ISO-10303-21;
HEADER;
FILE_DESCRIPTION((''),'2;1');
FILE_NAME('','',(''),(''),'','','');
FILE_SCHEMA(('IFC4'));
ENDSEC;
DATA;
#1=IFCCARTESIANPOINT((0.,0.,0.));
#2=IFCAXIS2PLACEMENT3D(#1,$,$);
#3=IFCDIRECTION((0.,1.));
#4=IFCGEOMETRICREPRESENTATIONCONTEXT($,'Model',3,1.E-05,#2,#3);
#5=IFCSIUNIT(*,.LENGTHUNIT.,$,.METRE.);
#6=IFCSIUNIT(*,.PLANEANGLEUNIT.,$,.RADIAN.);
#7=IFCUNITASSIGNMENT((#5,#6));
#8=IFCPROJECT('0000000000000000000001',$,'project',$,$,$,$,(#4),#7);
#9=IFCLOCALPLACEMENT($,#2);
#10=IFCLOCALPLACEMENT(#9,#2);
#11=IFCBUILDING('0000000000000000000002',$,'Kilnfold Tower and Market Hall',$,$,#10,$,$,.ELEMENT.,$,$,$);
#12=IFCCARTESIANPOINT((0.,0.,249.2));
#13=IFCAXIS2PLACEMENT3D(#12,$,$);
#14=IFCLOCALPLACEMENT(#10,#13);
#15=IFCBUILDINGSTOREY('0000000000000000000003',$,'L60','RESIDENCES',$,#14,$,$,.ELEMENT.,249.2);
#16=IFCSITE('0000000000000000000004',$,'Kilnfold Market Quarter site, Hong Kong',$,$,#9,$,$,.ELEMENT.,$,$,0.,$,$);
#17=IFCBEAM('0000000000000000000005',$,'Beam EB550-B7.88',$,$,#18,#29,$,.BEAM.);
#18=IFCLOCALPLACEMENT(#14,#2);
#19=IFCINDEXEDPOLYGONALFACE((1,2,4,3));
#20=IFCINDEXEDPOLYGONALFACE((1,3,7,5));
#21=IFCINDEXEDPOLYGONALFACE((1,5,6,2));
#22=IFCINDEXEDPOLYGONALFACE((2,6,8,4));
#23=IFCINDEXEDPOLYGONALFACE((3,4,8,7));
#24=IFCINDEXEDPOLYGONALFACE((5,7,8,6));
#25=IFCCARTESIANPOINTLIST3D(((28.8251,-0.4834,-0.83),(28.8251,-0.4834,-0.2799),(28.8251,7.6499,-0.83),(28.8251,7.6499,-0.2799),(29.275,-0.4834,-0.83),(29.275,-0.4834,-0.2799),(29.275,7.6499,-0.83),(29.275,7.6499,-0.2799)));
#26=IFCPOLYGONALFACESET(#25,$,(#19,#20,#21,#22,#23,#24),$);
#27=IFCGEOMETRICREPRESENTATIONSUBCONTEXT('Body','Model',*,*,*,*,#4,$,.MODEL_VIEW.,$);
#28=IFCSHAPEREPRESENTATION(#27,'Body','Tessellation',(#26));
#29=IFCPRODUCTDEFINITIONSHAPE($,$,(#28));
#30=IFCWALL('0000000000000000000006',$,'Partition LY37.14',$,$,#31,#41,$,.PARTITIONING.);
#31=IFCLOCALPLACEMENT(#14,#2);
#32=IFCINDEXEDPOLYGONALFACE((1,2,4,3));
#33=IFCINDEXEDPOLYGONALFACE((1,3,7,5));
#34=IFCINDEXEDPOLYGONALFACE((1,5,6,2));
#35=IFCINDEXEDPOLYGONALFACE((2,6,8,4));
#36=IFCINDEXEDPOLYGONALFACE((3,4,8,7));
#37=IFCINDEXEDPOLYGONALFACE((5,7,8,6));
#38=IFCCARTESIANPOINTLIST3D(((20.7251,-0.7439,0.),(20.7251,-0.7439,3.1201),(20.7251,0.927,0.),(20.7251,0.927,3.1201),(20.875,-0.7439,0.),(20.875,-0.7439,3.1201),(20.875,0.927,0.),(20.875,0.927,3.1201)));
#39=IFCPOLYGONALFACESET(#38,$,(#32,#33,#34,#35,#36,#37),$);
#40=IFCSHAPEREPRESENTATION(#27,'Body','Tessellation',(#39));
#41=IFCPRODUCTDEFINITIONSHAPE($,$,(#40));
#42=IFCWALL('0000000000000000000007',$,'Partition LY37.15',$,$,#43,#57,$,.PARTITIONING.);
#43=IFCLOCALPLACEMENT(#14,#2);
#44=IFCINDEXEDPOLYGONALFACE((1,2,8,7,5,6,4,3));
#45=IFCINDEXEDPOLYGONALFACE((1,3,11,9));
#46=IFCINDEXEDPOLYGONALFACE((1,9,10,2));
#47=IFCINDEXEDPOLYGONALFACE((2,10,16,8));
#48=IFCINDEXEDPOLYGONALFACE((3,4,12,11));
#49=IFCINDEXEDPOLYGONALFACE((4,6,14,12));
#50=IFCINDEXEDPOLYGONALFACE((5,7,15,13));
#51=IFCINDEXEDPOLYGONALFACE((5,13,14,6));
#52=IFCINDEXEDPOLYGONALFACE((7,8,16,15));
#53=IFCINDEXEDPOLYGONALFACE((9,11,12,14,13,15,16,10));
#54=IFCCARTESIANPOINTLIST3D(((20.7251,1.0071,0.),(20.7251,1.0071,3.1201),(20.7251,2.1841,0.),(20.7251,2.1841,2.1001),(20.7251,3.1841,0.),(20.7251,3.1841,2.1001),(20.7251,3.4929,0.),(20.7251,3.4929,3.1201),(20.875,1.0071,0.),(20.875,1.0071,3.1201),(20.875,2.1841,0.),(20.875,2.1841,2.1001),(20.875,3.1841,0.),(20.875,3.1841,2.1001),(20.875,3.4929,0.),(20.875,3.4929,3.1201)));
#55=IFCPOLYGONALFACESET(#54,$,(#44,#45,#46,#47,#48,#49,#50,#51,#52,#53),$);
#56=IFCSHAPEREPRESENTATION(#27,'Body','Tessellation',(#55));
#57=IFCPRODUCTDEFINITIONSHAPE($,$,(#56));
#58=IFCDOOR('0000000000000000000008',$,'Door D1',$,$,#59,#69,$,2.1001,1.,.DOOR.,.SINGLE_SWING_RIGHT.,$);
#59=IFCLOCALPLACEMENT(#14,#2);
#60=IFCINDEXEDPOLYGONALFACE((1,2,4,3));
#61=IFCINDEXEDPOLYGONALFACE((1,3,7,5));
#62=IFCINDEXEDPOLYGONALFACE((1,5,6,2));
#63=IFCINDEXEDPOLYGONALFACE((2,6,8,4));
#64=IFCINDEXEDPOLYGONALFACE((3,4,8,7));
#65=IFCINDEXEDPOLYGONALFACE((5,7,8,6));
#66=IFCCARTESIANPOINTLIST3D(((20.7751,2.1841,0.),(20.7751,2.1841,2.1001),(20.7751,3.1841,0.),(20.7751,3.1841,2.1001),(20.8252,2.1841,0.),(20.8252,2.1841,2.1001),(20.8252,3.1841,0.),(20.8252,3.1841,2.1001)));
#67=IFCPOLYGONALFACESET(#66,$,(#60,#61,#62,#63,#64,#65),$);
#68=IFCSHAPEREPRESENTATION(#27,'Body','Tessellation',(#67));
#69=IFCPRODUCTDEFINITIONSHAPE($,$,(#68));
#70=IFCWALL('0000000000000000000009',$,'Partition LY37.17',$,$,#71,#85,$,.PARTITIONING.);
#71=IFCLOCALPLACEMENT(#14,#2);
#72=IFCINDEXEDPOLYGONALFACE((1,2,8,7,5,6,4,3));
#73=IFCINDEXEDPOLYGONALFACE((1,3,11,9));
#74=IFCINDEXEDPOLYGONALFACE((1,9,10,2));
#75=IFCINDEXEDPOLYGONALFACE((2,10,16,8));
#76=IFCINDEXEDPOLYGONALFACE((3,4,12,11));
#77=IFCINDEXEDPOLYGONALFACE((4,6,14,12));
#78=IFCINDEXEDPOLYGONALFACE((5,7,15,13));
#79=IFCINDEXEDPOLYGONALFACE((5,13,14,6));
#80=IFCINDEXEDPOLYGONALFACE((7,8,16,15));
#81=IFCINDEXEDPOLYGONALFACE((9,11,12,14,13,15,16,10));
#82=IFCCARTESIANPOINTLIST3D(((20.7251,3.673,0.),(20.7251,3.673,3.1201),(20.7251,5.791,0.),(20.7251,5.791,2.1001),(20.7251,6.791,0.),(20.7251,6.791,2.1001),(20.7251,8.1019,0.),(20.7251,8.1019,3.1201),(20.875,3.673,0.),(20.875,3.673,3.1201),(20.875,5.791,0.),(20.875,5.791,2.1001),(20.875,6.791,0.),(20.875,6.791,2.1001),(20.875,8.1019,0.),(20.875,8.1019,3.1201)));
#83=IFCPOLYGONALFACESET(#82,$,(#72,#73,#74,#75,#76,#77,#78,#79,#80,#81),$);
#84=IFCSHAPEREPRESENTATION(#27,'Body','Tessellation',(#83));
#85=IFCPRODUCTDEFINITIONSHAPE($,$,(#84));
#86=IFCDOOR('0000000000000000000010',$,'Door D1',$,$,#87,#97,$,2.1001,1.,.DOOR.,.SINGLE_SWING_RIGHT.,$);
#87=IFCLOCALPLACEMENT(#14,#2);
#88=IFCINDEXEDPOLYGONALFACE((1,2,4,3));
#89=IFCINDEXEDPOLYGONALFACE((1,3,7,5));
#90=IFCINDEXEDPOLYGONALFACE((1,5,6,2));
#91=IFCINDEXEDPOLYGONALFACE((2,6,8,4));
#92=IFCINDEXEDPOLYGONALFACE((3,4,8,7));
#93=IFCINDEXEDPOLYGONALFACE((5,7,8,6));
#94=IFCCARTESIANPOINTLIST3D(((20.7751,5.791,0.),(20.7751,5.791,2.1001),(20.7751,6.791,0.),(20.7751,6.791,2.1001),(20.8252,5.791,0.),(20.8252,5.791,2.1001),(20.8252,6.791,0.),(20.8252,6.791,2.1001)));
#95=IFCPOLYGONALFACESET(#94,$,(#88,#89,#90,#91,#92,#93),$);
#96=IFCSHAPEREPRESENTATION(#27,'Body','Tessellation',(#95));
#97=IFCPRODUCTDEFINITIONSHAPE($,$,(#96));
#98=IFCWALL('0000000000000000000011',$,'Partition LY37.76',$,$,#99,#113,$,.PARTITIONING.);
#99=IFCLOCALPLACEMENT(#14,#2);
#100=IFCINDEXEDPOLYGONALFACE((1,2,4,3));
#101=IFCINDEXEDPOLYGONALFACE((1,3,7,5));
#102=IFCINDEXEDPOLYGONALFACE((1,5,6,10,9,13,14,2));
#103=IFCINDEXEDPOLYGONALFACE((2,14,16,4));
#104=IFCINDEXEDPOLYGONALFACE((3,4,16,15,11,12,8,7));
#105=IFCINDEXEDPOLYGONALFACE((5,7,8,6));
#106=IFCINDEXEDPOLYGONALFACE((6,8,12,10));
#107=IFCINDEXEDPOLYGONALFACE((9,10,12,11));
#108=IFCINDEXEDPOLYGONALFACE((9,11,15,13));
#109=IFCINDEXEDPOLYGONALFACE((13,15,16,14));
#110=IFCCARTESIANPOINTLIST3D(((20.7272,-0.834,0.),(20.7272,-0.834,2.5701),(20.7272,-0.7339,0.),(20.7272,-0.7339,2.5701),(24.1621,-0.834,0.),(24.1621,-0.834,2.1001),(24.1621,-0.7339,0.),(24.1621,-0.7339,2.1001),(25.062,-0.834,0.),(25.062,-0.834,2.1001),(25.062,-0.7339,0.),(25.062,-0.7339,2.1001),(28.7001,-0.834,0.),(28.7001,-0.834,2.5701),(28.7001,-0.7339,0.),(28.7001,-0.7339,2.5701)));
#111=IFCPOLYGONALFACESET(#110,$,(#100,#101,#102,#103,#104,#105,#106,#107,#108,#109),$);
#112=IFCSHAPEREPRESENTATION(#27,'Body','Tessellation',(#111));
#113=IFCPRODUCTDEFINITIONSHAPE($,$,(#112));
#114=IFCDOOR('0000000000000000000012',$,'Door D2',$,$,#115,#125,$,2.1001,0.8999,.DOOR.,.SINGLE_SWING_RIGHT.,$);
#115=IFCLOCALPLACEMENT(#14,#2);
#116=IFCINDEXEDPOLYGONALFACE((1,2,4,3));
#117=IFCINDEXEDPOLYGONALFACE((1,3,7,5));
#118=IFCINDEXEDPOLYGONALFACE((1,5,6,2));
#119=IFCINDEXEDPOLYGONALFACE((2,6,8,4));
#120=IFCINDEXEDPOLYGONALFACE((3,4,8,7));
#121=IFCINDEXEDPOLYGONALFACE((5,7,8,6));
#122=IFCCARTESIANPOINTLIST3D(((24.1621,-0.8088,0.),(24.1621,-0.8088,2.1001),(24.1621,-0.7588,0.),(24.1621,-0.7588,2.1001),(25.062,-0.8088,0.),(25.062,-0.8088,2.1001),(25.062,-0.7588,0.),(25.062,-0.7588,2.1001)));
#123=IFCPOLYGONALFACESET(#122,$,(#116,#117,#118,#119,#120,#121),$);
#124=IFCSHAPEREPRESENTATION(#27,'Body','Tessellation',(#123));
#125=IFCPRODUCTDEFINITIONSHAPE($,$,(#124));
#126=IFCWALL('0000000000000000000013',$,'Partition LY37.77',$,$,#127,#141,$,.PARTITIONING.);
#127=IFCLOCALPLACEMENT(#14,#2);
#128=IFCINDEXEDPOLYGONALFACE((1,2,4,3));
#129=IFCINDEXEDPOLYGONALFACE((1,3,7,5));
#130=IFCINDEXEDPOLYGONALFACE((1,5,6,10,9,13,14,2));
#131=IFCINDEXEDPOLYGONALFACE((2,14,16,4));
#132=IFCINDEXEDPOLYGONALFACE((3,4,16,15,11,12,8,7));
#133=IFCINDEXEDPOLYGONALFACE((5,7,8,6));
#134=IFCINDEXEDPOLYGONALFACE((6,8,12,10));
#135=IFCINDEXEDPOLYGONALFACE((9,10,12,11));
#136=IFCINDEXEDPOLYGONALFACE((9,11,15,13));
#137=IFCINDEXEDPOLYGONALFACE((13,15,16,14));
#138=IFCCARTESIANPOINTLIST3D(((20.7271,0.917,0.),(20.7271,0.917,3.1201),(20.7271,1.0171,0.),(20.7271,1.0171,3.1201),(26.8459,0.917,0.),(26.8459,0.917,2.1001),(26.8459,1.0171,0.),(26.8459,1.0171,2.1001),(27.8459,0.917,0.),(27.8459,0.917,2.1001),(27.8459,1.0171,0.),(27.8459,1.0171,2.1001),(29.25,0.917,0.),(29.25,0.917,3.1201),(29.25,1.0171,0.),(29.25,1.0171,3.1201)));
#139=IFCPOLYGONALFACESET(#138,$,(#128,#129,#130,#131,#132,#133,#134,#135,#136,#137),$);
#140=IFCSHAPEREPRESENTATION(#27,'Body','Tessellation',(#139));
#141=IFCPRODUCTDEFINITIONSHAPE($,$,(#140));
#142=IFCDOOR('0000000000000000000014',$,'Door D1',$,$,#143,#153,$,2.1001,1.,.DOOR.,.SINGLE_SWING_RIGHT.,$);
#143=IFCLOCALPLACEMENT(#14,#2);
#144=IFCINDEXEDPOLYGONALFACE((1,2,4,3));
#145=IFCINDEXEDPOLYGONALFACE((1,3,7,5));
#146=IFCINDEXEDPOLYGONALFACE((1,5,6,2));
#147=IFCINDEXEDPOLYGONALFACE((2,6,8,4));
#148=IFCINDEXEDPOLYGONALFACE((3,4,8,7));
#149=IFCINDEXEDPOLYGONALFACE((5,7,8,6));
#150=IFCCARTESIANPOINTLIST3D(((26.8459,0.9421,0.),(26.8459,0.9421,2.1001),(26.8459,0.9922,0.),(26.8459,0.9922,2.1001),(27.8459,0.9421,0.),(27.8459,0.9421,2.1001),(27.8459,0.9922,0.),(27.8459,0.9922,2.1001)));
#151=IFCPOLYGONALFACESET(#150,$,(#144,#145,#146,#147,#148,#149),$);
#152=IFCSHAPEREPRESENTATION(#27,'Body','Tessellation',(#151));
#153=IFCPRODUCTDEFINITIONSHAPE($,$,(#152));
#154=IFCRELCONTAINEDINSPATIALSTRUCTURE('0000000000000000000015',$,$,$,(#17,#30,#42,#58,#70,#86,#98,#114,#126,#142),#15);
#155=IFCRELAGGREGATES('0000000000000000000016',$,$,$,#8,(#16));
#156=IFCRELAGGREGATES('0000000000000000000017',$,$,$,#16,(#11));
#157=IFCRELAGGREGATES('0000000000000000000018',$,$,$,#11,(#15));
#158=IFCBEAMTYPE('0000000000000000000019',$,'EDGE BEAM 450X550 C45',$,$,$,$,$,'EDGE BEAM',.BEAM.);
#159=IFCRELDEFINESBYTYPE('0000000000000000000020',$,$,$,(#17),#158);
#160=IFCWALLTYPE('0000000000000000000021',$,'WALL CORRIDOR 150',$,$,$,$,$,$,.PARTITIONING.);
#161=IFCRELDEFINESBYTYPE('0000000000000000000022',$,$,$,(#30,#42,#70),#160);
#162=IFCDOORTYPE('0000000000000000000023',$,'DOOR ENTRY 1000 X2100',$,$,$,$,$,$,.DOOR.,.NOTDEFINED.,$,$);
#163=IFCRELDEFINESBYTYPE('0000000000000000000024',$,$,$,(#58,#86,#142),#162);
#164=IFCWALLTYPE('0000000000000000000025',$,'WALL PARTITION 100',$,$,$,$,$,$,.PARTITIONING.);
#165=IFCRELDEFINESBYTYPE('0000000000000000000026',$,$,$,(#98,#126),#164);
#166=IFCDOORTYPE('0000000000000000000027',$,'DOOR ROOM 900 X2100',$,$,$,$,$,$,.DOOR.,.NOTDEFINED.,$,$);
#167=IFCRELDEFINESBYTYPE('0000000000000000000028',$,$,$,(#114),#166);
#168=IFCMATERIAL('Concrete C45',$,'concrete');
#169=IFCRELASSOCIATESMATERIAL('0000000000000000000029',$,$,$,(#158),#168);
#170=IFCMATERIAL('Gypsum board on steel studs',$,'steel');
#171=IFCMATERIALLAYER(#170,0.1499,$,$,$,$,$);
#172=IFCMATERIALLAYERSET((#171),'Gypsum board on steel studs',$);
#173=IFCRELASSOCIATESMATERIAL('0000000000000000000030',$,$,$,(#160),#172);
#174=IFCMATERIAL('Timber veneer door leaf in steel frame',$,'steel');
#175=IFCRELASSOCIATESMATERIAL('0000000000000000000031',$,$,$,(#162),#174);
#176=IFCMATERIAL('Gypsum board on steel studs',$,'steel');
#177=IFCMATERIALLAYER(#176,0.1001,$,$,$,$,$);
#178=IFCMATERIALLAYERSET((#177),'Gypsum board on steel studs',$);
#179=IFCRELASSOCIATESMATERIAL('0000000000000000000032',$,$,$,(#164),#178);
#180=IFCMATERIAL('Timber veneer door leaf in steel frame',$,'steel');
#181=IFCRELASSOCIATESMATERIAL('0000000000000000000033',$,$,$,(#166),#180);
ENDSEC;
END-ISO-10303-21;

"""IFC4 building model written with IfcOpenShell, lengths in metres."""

from ifc_helpers import new_model, si_unit, direction, frame, frame_2d, origin, origin_2d, place, context, subcontext, project, spatial, rectangle, extrude, source, transform, mapped, material, layer, layer_set, material_profile, profile_set, type_object, element, fill, save


model = new_model("IFC4")

# Units and contexts
model_context = context("Model", 3, precision=1e-05, world=origin(), true_north=direction((0.0, 1.0)))
body_context = subcontext(model_context, "Body", "Model", "MODEL_VIEW")
ifc_project = project(units=[si_unit("LENGTHUNIT", "METRE"), si_unit("PLANEANGLEUNIT", "RADIAN")], contexts=[model_context])

# Site, building, storey
site_placement = place(None, origin())
site = spatial("IfcSite", under=ifc_project, at=site_placement, Name="Kilnfold Market Quarter site, Hong Kong", CompositionType="ELEMENT", RefElevation=0.0)
building_placement = place(site_placement, origin())
building = spatial("IfcBuilding", under=site, at=building_placement, Name="Kilnfold Tower and Market Hall", CompositionType="ELEMENT")
storey_placement = place(building_placement, frame((0.0, 0.0, 249.2)))
storey = spatial("IfcBuildingStorey", under=building, at=storey_placement, Name="L60", Description="RESIDENCES", CompositionType="ELEMENT", Elevation=249.2)

# Beam
ifc_material_1 = material(Name="Concrete C45", Category="concrete")
ifc_material_profile_1 = material_profile(ifc_material_1, rectangle(XDim=0.45, YDim=0.55, at=origin_2d()), Name="RC 450x550")
ifc_profile_set_1 = profile_set([ifc_material_profile_1], Name="Concrete C45")
beam_type = type_object("IfcBeamType", Name="EDGE BEAM 450X550 C45", ElementType="EDGE BEAM", PredefinedType="BEAM", material=ifc_profile_set_1)
shared_shape_1 = source(origin(), body_context, "Body", "SweptSolid", [
    extrude(rectangle(XDim=0.45, YDim=0.55, at=origin_2d()), origin(), (0.0, 0.0, 1.0), 8.1333),
])
beam_placement = place(storey_placement, frame((29.05, -0.4834, -0.5549), z_axis=(0.0, 1.0, 0.0), x_axis=(-1.0, 0.0, 0.0)))
element("IfcBeam", 1, at=beam_placement, inside=storey, type_object=beam_type, Name="Beam EB550-B7.88", PredefinedType="BEAM", context=body_context, shape_type="MappedRepresentation", body=[
    mapped(shared_shape_1, transform((0.0, 0.0, 0.0))),
])

# Wall
ifc_material_2 = material(Name="Gypsum board on steel studs", Category="steel")
ifc_layer_1 = layer(ifc_material_2, 0.1499)
ifc_layer_set_1 = layer_set([ifc_layer_1], Name="Gypsum board on steel studs")
wall_type_1 = type_object("IfcWallType", Name="WALL CORRIDOR 150", PredefinedType="PARTITIONING", material=ifc_layer_set_1)
wall_1_placement = place(storey_placement, frame((20.8, -0.7439, 0.0), z_axis=(0.0, 0.0, 1.0), x_axis=(0.0, 1.0, 0.0)))
element("IfcWall", 2, at=wall_1_placement, inside=storey, type_object=wall_type_1, Name="Partition LY37.14", PredefinedType="PARTITIONING", context=body_context, shape_type="SweptSolid", body=[
    extrude(rectangle(XDim=1.6709, YDim=0.1499, at=frame_2d((0.8354, 0.0))), origin(), (0.0, 0.0, 1.0), 3.1201),
])

# Walls, openings, doors
wall_2_placement = place(storey_placement, frame((20.8, 1.0071, 0.0), z_axis=(0.0, 0.0, 1.0), x_axis=(0.0, 1.0, 0.0)))
wall_2 = element("IfcWall", 3, at=wall_2_placement, inside=storey, type_object=wall_type_1, Name="Partition LY37.15", PredefinedType="PARTITIONING", context=body_context, shape_type="SweptSolid", body=[
    extrude(rectangle(XDim=2.4858, YDim=0.1499, at=frame_2d((1.2429, 0.0))), origin(), (0.0, 0.0, 1.0), 3.1201),
])
opening_1_placement = place(wall_2_placement, frame((1.177, 0.0, 0.0)))
opening_1 = element("IfcOpeningElement", 4, at=opening_1_placement, cuts=wall_2, PredefinedType="OPENING", context=body_context, shape_type="SweptSolid", body=[
    extrude(rectangle(XDim=1.0, YDim=2.1001, at=frame_2d((0.5, 1.05))), frame((0.0, 0.085, 0.0), z_axis=(0.0, -1.0, 0.0), x_axis=(1.0, 0.0, 0.0)), (0.0, 0.0, 1.0), 0.1699),
])
ifc_material_3 = material(Name="Timber veneer door leaf in steel frame", Category="steel")
door_type_1 = type_object("IfcDoorType", Name="DOOR ENTRY 1000 X2100", OperationType="NOTDEFINED", PredefinedType="DOOR", material=ifc_material_3)
door_1_placement = place(opening_1_placement, origin())
door_1 = element("IfcDoor", 5, at=door_1_placement, inside=storey, type_object=door_type_1, Name="Door D1", OperationType="SINGLE_SWING_RIGHT", OverallHeight=2.1001, OverallWidth=1.0, PredefinedType="DOOR", context=body_context, shape_type="SweptSolid", body=[
    extrude(rectangle(XDim=1.0, YDim=2.1001, at=frame_2d((0.5, 1.05))), frame((0.0, 0.0249, 0.0), z_axis=(0.0, -1.0, 0.0), x_axis=(1.0, 0.0, 0.0)), (0.0, 0.0, 1.0), 0.05),
])
fill(opening_1, door_1)
wall_3_placement = place(storey_placement, frame((20.8, 3.6731, 0.0), z_axis=(0.0, 0.0, 1.0), x_axis=(0.0, 1.0, 0.0)))
wall_3 = element("IfcWall", 6, at=wall_3_placement, inside=storey, type_object=wall_type_1, Name="Partition LY37.17", PredefinedType="PARTITIONING", context=body_context, shape_type="SweptSolid", body=[
    extrude(rectangle(XDim=4.429, YDim=0.1499, at=frame_2d((2.2144, 0.0))), origin(), (0.0, 0.0, 1.0), 3.1201),
])
opening_2_placement = place(wall_3_placement, frame((2.1179, 0.0, 0.0)))
opening_2 = element("IfcOpeningElement", 7, at=opening_2_placement, cuts=wall_3, PredefinedType="OPENING", context=body_context, shape_type="SweptSolid", body=[
    extrude(rectangle(XDim=1.0, YDim=2.1001, at=frame_2d((0.5, 1.05))), frame((0.0, 0.085, 0.0), z_axis=(0.0, -1.0, 0.0), x_axis=(1.0, 0.0, 0.0)), (0.0, 0.0, 1.0), 0.1699),
])
door_2_placement = place(opening_2_placement, origin())
door_2 = element("IfcDoor", 8, at=door_2_placement, inside=storey, type_object=door_type_1, Name="Door D1", OperationType="SINGLE_SWING_RIGHT", OverallHeight=2.1001, OverallWidth=1.0, PredefinedType="DOOR", context=body_context, shape_type="SweptSolid", body=[
    extrude(rectangle(XDim=1.0, YDim=2.1001, at=frame_2d((0.5, 1.05))), frame((0.0, 0.0249, 0.0), z_axis=(0.0, -1.0, 0.0), x_axis=(1.0, 0.0, 0.0)), (0.0, 0.0, 1.0), 0.05),
])
fill(opening_2, door_2)
ifc_material_4 = material(Name="Gypsum board on steel studs", Category="steel")
ifc_layer_2 = layer(ifc_material_4, 0.1001)
ifc_layer_set_2 = layer_set([ifc_layer_2], Name="Gypsum board on steel studs")
wall_type_2 = type_object("IfcWallType", Name="WALL PARTITION 100", PredefinedType="PARTITIONING", material=ifc_layer_set_2)
wall_4_placement = place(storey_placement, frame((28.7, -0.7839, 0.0), z_axis=(0.0, 0.0, 1.0), x_axis=(-1.0, 0.0, 0.0)))
wall_4 = element("IfcWall", 9, at=wall_4_placement, inside=storey, type_object=wall_type_2, Name="Partition LY37.76", PredefinedType="PARTITIONING", context=body_context, shape_type="SweptSolid", body=[
    extrude(rectangle(XDim=7.9729, YDim=0.1001, at=frame_2d((3.9863, 0.0))), origin(), (0.0, 0.0, 1.0), 2.5701),
])
opening_3_placement = place(wall_4_placement, frame((3.6379, 0.0, 0.0)))
opening_3 = element("IfcOpeningElement", 10, at=opening_3_placement, cuts=wall_4, PredefinedType="OPENING", context=body_context, shape_type="SweptSolid", body=[
    extrude(rectangle(XDim=0.8999, YDim=2.1001, at=frame_2d((0.45, 1.05))), frame((0.0, 0.0601, 0.0), z_axis=(0.0, -1.0, 0.0), x_axis=(1.0, 0.0, 0.0)), (0.0, 0.0, 1.0), 0.1201),
])
ifc_material_5 = material(Name="Timber veneer door leaf in steel frame", Category="steel")
door_type_2 = type_object("IfcDoorType", Name="DOOR ROOM 900 X2100", OperationType="NOTDEFINED", PredefinedType="DOOR", material=ifc_material_5)
door_3_placement = place(opening_3_placement, origin())
door_3 = element("IfcDoor", 11, at=door_3_placement, inside=storey, type_object=door_type_2, Name="Door D2", OperationType="SINGLE_SWING_RIGHT", OverallHeight=2.1001, OverallWidth=0.8999, PredefinedType="DOOR", context=body_context, shape_type="SweptSolid", body=[
    extrude(rectangle(XDim=0.8999, YDim=2.1001, at=frame_2d((0.45, 1.05))), frame((0.0, 0.0249, 0.0), z_axis=(0.0, -1.0, 0.0), x_axis=(1.0, 0.0, 0.0)), (0.0, 0.0, 1.0), 0.05),
])
fill(opening_3, door_3)
wall_5_placement = place(storey_placement, frame((29.25, 0.967, 0.0), z_axis=(0.0, 0.0, 1.0), x_axis=(-1.0, 0.0, 0.0)))
wall_5 = element("IfcWall", 12, at=wall_5_placement, inside=storey, type_object=wall_type_2, Name="Partition LY37.77", PredefinedType="PARTITIONING", context=body_context, shape_type="SweptSolid", body=[
    extrude(rectangle(XDim=8.5229, YDim=0.1001, at=frame_2d((4.2615, 0.0))), origin(), (0.0, 0.0, 1.0), 3.1201),
])
opening_4_placement = place(wall_5_placement, frame((1.4041, 0.0, 0.0)))
opening_4 = element("IfcOpeningElement", 13, at=opening_4_placement, cuts=wall_5, PredefinedType="OPENING", context=body_context, shape_type="SweptSolid", body=[
    extrude(rectangle(XDim=1.0, YDim=2.1001, at=frame_2d((0.5, 1.05))), frame((0.0, 0.0601, 0.0), z_axis=(0.0, -1.0, 0.0), x_axis=(1.0, 0.0, 0.0)), (0.0, 0.0, 1.0), 0.1201),
])
door_4_placement = place(opening_4_placement, origin())
door_4 = element("IfcDoor", 14, at=door_4_placement, inside=storey, type_object=door_type_1, Name="Door D1", OperationType="SINGLE_SWING_RIGHT", OverallHeight=2.1001, OverallWidth=1.0, PredefinedType="DOOR", context=body_context, shape_type="SweptSolid", body=[
    extrude(rectangle(XDim=1.0, YDim=2.1001, at=frame_2d((0.5, 1.05))), frame((0.0, 0.0249, 0.0), z_axis=(0.0, -1.0, 0.0), x_axis=(1.0, 0.0, 0.0)), (0.0, 0.0, 1.0), 0.05),
])
fill(opening_4, door_4)

save(model, "model.ifc")
